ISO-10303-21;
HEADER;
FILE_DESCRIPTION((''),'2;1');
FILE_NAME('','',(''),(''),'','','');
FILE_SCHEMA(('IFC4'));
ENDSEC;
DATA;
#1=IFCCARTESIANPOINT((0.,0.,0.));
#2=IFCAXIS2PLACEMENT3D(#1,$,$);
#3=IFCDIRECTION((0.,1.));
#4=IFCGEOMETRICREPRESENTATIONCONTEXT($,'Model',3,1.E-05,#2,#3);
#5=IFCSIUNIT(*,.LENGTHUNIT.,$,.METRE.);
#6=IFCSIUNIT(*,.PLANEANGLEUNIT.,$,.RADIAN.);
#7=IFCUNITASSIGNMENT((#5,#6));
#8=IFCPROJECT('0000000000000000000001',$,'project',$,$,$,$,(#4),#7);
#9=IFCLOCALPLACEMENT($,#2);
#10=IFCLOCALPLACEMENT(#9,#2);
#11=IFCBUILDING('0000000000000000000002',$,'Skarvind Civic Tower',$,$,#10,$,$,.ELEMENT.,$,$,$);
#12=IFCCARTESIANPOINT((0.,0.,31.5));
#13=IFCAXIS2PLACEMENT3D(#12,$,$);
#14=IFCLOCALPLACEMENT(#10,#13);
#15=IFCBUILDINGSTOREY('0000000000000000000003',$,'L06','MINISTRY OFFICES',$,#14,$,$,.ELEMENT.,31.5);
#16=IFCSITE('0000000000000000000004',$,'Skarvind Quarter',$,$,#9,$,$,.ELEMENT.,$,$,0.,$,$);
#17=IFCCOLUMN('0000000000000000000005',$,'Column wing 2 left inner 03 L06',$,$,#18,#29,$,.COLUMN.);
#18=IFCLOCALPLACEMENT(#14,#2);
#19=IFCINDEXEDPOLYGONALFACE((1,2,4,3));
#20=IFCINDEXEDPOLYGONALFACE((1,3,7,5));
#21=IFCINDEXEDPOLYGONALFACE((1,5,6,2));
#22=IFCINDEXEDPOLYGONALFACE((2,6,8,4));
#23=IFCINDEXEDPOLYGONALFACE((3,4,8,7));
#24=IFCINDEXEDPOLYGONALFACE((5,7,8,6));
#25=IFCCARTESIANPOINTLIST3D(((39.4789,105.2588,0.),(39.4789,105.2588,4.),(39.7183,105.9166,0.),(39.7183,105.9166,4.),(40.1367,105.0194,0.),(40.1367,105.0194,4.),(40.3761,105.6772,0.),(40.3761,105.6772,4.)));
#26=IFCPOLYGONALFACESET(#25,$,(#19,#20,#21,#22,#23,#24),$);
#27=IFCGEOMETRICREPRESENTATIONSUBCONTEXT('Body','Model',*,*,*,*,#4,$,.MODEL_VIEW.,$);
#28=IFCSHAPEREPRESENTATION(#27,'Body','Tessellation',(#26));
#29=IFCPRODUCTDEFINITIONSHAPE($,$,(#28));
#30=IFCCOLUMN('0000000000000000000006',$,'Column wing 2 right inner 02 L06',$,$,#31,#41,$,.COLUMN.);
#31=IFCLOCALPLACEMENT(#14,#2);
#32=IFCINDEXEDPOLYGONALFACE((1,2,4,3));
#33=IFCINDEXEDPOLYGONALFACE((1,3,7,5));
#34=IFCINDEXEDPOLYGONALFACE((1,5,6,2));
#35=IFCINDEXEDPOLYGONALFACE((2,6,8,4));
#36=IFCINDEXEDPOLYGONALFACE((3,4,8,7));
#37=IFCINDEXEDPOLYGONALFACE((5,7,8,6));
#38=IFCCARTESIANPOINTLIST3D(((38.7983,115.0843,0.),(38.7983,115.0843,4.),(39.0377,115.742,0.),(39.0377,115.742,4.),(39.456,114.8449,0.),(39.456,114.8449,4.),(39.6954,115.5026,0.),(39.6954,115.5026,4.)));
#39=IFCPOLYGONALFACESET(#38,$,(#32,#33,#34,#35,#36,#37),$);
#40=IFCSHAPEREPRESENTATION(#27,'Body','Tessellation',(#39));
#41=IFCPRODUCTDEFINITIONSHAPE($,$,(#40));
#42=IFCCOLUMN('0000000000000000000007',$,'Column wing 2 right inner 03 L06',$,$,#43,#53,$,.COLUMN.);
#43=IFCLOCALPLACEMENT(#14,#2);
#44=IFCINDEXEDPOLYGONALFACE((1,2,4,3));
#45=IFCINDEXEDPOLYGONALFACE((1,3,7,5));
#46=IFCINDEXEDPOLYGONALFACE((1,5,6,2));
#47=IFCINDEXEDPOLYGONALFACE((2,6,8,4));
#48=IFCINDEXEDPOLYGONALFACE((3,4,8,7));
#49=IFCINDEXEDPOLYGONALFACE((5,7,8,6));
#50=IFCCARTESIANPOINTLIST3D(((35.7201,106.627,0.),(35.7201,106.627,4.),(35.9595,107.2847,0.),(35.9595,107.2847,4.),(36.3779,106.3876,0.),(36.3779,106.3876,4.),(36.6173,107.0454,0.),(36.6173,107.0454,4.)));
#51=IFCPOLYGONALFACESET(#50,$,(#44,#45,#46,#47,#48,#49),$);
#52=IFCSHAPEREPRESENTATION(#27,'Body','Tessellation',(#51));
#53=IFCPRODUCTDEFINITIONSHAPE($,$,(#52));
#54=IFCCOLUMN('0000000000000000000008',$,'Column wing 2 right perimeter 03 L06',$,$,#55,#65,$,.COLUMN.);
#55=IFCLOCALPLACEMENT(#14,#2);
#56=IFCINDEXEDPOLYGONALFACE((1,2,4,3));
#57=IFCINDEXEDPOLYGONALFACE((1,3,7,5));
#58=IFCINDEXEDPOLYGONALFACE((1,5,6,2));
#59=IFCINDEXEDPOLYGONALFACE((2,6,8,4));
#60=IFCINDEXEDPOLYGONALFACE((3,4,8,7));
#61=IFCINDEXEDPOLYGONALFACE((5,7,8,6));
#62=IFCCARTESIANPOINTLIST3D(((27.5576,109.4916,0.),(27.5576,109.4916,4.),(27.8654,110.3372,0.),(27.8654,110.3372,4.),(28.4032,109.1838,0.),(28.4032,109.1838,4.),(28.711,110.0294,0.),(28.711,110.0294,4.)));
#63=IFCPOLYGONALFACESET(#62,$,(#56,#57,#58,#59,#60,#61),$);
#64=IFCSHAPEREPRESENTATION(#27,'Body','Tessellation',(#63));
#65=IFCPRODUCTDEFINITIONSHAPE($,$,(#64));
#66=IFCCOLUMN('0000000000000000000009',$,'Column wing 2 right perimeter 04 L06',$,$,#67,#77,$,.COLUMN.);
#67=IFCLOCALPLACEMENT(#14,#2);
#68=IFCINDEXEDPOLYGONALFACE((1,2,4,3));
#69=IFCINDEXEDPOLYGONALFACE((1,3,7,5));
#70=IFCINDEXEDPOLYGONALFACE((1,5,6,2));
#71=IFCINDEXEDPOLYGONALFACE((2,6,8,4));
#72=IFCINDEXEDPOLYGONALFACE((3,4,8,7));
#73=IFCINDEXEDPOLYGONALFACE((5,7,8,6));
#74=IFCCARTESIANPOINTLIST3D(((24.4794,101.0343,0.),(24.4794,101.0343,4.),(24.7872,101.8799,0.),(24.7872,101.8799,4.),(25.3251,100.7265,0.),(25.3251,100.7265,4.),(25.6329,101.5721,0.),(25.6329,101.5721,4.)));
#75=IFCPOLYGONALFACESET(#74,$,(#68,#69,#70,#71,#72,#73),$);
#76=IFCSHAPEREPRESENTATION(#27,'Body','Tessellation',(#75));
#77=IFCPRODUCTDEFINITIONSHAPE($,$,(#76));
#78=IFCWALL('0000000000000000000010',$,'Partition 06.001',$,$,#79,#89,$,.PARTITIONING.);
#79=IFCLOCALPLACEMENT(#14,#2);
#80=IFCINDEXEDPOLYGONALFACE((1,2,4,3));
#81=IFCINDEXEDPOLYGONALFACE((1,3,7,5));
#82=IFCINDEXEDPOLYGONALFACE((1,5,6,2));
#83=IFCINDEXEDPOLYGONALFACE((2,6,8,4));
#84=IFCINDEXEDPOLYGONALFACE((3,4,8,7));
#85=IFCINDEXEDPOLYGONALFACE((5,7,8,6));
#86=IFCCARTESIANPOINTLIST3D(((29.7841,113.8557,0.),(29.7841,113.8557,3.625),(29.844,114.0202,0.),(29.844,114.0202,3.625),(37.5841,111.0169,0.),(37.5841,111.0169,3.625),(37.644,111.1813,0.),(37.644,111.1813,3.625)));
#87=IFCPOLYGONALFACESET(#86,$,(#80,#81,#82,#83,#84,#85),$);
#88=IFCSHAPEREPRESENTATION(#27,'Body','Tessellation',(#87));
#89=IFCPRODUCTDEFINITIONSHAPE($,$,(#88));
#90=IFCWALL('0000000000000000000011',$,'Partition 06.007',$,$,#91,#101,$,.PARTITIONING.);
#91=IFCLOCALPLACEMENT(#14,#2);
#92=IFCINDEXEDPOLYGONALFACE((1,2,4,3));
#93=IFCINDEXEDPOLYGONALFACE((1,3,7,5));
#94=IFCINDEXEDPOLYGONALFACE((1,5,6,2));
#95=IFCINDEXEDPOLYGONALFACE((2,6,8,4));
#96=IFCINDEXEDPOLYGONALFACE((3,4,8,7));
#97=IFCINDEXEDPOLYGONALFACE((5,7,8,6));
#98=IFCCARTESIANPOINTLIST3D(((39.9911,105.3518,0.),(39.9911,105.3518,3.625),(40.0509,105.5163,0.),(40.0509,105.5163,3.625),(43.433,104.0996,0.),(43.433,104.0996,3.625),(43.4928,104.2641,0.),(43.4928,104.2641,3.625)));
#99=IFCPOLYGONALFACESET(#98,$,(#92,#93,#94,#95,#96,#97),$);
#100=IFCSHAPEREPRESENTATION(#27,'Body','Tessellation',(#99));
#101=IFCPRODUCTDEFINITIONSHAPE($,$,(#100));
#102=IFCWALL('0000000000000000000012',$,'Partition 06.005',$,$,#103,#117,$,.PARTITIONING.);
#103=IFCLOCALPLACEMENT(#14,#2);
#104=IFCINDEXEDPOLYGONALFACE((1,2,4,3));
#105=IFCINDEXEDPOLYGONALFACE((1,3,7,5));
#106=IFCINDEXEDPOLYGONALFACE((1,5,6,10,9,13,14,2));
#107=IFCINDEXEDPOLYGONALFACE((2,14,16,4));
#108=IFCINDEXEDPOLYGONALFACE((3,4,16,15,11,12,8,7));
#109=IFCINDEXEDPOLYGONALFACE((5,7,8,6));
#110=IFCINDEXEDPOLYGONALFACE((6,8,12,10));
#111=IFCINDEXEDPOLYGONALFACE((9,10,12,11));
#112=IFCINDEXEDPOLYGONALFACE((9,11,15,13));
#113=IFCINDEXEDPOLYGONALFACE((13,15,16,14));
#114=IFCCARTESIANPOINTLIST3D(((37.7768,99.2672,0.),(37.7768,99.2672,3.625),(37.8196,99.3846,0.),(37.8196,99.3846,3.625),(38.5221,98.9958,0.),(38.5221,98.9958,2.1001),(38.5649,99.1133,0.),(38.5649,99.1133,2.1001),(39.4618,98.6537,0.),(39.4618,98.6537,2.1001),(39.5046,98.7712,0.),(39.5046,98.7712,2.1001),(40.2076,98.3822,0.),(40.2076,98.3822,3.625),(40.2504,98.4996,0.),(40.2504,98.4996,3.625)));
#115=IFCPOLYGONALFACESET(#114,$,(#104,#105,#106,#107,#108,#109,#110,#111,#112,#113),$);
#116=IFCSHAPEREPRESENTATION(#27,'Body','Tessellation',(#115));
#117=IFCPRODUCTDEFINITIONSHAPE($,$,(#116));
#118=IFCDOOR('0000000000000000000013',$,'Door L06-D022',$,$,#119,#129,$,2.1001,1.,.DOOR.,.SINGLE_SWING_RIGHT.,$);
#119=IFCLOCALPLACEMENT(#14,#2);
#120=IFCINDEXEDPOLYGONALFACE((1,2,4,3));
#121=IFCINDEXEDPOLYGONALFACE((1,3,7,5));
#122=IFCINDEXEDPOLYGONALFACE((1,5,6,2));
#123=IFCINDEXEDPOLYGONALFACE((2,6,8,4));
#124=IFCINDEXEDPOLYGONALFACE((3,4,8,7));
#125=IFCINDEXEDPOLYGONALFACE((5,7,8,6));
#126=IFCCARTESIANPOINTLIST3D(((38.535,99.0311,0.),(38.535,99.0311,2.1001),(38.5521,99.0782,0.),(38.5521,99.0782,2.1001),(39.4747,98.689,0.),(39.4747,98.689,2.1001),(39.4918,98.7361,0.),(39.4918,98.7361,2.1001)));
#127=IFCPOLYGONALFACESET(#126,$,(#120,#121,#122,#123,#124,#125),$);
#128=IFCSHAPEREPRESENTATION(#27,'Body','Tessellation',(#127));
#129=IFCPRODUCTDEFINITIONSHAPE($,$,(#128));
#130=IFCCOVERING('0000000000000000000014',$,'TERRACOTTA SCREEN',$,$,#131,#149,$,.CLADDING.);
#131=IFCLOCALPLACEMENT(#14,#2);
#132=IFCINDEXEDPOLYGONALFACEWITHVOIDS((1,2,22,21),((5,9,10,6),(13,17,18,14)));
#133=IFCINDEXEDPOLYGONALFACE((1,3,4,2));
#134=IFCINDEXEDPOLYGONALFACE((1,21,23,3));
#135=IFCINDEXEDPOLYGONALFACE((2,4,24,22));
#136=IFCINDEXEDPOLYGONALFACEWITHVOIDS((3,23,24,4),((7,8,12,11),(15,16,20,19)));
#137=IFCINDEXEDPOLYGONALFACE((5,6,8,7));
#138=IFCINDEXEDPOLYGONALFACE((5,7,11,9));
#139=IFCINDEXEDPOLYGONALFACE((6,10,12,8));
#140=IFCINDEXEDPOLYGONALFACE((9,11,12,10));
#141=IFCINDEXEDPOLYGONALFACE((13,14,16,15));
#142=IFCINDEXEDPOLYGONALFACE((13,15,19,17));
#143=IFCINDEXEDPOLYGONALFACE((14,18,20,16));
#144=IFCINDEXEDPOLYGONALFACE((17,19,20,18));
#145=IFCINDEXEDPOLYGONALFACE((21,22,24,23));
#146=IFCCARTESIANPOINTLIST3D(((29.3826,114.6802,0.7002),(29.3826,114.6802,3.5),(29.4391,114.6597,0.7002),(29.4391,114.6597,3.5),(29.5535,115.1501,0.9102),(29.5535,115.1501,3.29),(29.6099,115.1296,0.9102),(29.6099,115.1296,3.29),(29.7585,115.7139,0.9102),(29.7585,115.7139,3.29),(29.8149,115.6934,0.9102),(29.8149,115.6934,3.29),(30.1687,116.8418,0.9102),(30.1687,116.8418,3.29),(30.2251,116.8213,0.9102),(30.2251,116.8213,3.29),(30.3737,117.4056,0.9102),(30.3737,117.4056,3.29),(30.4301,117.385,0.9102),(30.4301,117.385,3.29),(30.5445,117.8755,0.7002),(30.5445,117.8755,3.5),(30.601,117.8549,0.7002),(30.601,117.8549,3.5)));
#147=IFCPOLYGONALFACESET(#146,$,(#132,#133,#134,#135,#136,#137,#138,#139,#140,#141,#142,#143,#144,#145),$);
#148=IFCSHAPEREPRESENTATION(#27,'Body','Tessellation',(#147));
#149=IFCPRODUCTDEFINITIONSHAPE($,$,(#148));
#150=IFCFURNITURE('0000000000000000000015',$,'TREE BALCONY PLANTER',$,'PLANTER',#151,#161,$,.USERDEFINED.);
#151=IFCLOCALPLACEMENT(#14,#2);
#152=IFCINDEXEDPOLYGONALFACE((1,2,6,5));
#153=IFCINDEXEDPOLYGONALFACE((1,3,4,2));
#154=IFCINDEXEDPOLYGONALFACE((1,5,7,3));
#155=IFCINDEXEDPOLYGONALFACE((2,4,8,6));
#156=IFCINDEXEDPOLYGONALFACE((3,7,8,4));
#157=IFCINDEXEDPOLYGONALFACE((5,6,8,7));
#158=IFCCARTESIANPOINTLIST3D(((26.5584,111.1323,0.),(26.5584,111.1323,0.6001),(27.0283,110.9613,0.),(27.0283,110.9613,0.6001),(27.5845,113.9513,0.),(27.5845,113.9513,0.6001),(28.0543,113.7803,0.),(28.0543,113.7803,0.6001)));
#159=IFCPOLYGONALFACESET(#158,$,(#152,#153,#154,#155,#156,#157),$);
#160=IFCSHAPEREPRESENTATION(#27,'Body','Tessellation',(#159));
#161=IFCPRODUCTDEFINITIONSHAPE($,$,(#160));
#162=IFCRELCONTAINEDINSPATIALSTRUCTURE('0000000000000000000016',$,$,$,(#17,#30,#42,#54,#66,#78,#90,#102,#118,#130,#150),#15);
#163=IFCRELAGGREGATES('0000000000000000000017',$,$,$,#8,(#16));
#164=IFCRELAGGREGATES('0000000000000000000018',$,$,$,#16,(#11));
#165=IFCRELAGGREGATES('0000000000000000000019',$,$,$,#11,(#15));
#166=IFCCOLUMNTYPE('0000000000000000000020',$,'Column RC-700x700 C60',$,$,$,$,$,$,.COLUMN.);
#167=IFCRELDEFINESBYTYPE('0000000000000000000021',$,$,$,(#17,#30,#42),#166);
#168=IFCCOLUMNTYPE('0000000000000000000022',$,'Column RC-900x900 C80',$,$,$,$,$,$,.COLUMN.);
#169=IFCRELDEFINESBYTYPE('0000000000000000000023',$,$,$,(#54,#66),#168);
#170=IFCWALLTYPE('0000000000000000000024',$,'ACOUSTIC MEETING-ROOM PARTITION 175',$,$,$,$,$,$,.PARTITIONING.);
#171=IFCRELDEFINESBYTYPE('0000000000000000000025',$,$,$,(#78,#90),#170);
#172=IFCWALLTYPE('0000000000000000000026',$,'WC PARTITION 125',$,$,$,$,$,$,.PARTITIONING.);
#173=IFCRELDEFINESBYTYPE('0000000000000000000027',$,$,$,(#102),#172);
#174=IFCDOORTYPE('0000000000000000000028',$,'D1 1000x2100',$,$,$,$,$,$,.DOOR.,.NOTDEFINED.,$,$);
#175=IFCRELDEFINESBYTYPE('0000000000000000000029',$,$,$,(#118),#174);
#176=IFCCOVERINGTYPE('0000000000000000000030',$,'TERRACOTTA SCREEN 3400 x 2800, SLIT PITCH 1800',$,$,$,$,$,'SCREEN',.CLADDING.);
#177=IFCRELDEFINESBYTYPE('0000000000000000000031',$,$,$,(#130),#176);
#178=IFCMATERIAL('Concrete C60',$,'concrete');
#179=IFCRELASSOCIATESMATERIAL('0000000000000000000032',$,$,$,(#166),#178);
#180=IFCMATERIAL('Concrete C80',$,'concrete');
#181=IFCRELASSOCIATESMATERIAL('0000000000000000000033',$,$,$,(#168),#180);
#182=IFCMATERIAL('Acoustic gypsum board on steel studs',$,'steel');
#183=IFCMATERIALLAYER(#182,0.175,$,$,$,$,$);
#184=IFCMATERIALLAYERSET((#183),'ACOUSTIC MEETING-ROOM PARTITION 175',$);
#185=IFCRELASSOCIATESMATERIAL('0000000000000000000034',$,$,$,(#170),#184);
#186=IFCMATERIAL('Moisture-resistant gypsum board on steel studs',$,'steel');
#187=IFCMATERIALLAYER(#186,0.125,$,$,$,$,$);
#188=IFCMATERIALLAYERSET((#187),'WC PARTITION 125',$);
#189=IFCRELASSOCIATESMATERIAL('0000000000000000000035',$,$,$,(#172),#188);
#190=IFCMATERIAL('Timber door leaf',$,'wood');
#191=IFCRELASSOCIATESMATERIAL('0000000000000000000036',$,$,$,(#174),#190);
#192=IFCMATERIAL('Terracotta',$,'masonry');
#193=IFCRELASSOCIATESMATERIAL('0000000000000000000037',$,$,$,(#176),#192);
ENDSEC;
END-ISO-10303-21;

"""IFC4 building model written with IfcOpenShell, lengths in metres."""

from ifc_helpers import new_model, si_unit, direction, frame, frame_2d, origin, origin_2d, place, context, subcontext, project, spatial, polyline, rectangle, outline, extrude, material, layer, layer_set, material_profile, profile_set, type_object, element, fill, save


model = new_model("IFC4")

# Units and contexts
model_context = context("Model", 3, precision=1e-05, world=origin(), true_north=direction((0.0, 1.0)))
body_context = subcontext(model_context, "Body", "Model", "MODEL_VIEW")
ifc_project = project(units=[si_unit("LENGTHUNIT", "METRE"), si_unit("PLANEANGLEUNIT", "RADIAN")], contexts=[model_context])

# Site, building, storey
site_placement = place(None, origin())
site = spatial("IfcSite", under=ifc_project, at=site_placement, Name="Skarvind Quarter", CompositionType="ELEMENT", RefElevation=0.0)
building_placement = place(site_placement, origin())
building = spatial("IfcBuilding", under=site, at=building_placement, Name="Skarvind Civic Tower", CompositionType="ELEMENT")
storey_placement = place(building_placement, frame((0.0, 0.0, 31.5)))
storey = spatial("IfcBuildingStorey", under=building, at=storey_placement, Name="L06", Description="MINISTRY OFFICES", CompositionType="ELEMENT", Elevation=31.5)

# Columns
ifc_material_1 = material(Name="Concrete C60", Category="concrete")
ifc_material_profile_1 = material_profile(ifc_material_1, rectangle(XDim=0.7, YDim=0.7, at=origin_2d()), Name="RC-700x700")
ifc_profile_set_1 = profile_set([ifc_material_profile_1], Name="Concrete C60")
column_type_1 = type_object("IfcColumnType", Name="Column RC-700x700 C60", PredefinedType="COLUMN", material=ifc_profile_set_1)
for number, where, z_axis, x_axis, name in (
    (1, (39.9275, 105.468, 0.0), (0.0, 0.0, 1.0), (-0.34202, -0.939693, 0.0), "Column wing 2 left inner 03 L06"),
    (2, (39.2468, 115.2935, 0.0), (0.0, 0.0, 1.0), (-0.34202, -0.939693, 0.0), "Column wing 2 right inner 02 L06"),
    (3, (36.1687, 106.8362, 0.0), (0.0, 0.0, 1.0), (-0.34202, -0.939693, 0.0), "Column wing 2 right inner 03 L06"),
):
    element("IfcColumn", number, at=place(storey_placement, frame(where, z_axis=z_axis, x_axis=x_axis)), inside=storey, type_object=column_type_1, Name=name, PredefinedType="COLUMN", context=body_context, shape_type="SweptSolid", body=[
        extrude(rectangle(XDim=0.7, YDim=0.7, at=origin_2d()), origin(), (0.0, 0.0, 1.0), 4.0),
    ])
ifc_material_2 = material(Name="Concrete C80", Category="concrete")
ifc_material_profile_2 = material_profile(ifc_material_2, rectangle(XDim=0.8999, YDim=0.8999, at=origin_2d()), Name="RC-900x900")
ifc_profile_set_2 = profile_set([ifc_material_profile_2], Name="Concrete C80")
column_type_2 = type_object("IfcColumnType", Name="Column RC-900x900 C80", PredefinedType="COLUMN", material=ifc_profile_set_2)
for number, where, z_axis, x_axis, name in (
    (4, (28.1343, 109.7605, 0.0), (0.0, 0.0, 1.0), (-0.34202, -0.939693, 0.0), "Column wing 2 right perimeter 03 L06"),
    (5, (25.0562, 101.3032, 0.0), (0.0, 0.0, 1.0), (-0.34202, -0.939693, 0.0), "Column wing 2 right perimeter 04 L06"),
):
    element("IfcColumn", number, at=place(storey_placement, frame(where, z_axis=z_axis, x_axis=x_axis)), inside=storey, type_object=column_type_2, Name=name, PredefinedType="COLUMN", context=body_context, shape_type="SweptSolid", body=[
        extrude(rectangle(XDim=0.8999, YDim=0.8999, at=origin_2d()), origin(), (0.0, 0.0, 1.0), 4.0),
    ])

# Walls
ifc_material_3 = material(Name="Acoustic gypsum board on steel studs", Category="steel")
ifc_layer_1 = layer(ifc_material_3, 0.175)
ifc_layer_set_1 = layer_set([ifc_layer_1], Name="ACOUSTIC MEETING-ROOM PARTITION 175")
wall_type_1 = type_object("IfcWallType", Name="ACOUSTIC MEETING-ROOM PARTITION 175", PredefinedType="PARTITIONING", material=ifc_layer_set_1)
wall_1_placement = place(storey_placement, frame((29.814, 113.938, 0.0), z_axis=(0.0, 0.0, 1.0), x_axis=(0.939697, -0.342008, 0.0)))
element("IfcWall", 6, at=wall_1_placement, inside=storey, type_object=wall_type_1, Name="Partition 06.001", PredefinedType="PARTITIONING", context=body_context, shape_type="SweptSolid", body=[
    extrude(rectangle(XDim=8.3005, YDim=0.175, at=frame_2d((4.1504, 0.0))), origin(), (0.0, 0.0, 1.0), 3.625),
])
wall_2_placement = place(storey_placement, frame((40.021, 105.4341, 0.0), z_axis=(0.0, 0.0, 1.0), x_axis=(0.939741, -0.341888, 0.0)))
element("IfcWall", 7, at=wall_2_placement, inside=storey, type_object=wall_type_1, Name="Partition 06.007", PredefinedType="PARTITIONING", context=body_context, shape_type="SweptSolid", body=[
    extrude(rectangle(XDim=3.6626, YDim=0.175, at=frame_2d((1.8313, 0.0))), origin(), (0.0, 0.0, 1.0), 3.625),
])

# Wall, opening, door
ifc_material_4 = material(Name="Moisture-resistant gypsum board on steel studs", Category="steel")
ifc_layer_2 = layer(ifc_material_4, 0.125)
ifc_layer_set_2 = layer_set([ifc_layer_2], Name="WC PARTITION 125")
wall_type_2 = type_object("IfcWallType", Name="WC PARTITION 125", PredefinedType="PARTITIONING", material=ifc_layer_set_2)
wall_3_placement = place(storey_placement, frame((40.229, 98.4409, 0.0), z_axis=(0.0, 0.0, 1.0), x_axis=(-0.939664, 0.342099, 0.0)))
wall_3 = element("IfcWall", 8, at=wall_3_placement, inside=storey, type_object=wall_type_2, Name="Partition 06.005", PredefinedType="PARTITIONING", context=body_context, shape_type="SweptSolid", body=[
    extrude(rectangle(XDim=2.5869, YDim=0.125, at=frame_2d((1.2935, 0.0))), origin(), (0.0, 0.0, 1.0), 3.625),
])
opening_1_placement = place(wall_3_placement, frame((0.7937, 0.0, 0.0)))
opening_1 = element("IfcOpeningElement", 9, at=opening_1_placement, cuts=wall_3, PredefinedType="OPENING", context=body_context, shape_type="SweptSolid", body=[
    extrude(rectangle(XDim=1.0, YDim=2.1001, at=frame_2d((0.5, 1.05))), frame((0.0, 0.0725, 0.0), z_axis=(0.0, -1.0, 0.0), x_axis=(1.0, 0.0, 0.0)), (0.0, 0.0, 1.0), 0.145),
])
ifc_material_5 = material(Name="Timber door leaf", Category="wood")
door_type_1 = type_object("IfcDoorType", Name="D1 1000x2100", OperationType="NOTDEFINED", PredefinedType="DOOR", material=ifc_material_5)
door_1_placement = place(opening_1_placement, origin())
door_1 = element("IfcDoor", 10, at=door_1_placement, inside=storey, type_object=door_type_1, Name="Door L06-D022", OperationType="SINGLE_SWING_RIGHT", OverallHeight=2.1001, OverallWidth=1.0, PredefinedType="DOOR", context=body_context, shape_type="SweptSolid", body=[
    extrude(rectangle(XDim=1.0, YDim=2.1001, at=frame_2d((0.5, 1.05))), frame((0.0, 0.0249, 0.0), z_axis=(0.0, -1.0, 0.0), x_axis=(1.0, 0.0, 0.0)), (0.0, 0.0, 1.0), 0.05),
])
fill(opening_1, door_1)

# Covering
ifc_material_6 = material(Name="Terracotta", Category="masonry")
ifc_material_profile_3 = material_profile(ifc_material_6, outline(polyline([(-1.7, -1.3999), (1.7, -1.3999), (1.7, 1.3999), (-1.7, 1.3999), (-1.7, -1.3999)]), holes=[polyline([(-1.2, -1.1899), (-0.6001, -1.1899), (-0.6001, 1.1899), (-1.2, 1.1899), (-1.2, -1.1899)]), polyline([(0.6001, -1.1899), (1.2, -1.1899), (1.2, 1.1899), (0.6001, 1.1899), (0.6001, -1.1899)])]), Name="TERRACOTTA SCREEN 3400 x 2800, SLIT PITCH 1800")
ifc_profile_set_3 = profile_set([ifc_material_profile_3], Name="Terracotta")
covering_type = type_object("IfcCoveringType", Name="TERRACOTTA SCREEN 3400 x 2800, SLIT PITCH 1800", ElementType="SCREEN", PredefinedType="CLADDING", material=ifc_profile_set_3)
covering_placement = place(storey_placement, frame((30.02, 116.2573, 2.1001), z_axis=(-0.939793, 0.341743, 0.0), x_axis=(-0.341743, -0.939793, 0.0)))
element("IfcCovering", 11, at=covering_placement, inside=storey, type_object=covering_type, Name="TERRACOTTA SCREEN", PredefinedType="CLADDING", context=body_context, shape_type="SweptSolid", body=[
    extrude(outline(polyline([(-1.7, -1.3999), (1.7, -1.3999), (1.7, 1.3999), (-1.7, 1.3999), (-1.7, -1.3999)]), holes=[polyline([(-1.2, -1.1899), (-0.6001, -1.1899), (-0.6001, 1.1899), (-1.2, 1.1899), (-1.2, -1.1899)]), polyline([(0.6001, -1.1899), (1.2, -1.1899), (1.2, 1.1899), (0.6001, 1.1899), (0.6001, -1.1899)])]), origin(), (0.0, 0.0, 1.0), 0.0601),
])

# Furniture
furniture_placement = place(storey_placement, frame((27.3064, 112.4563, 0.0), z_axis=(0.0, 0.0, 1.0), x_axis=(0.34202, 0.939693, 0.0)))
element("IfcFurniture", 12, at=furniture_placement, inside=storey, Name="TREE BALCONY PLANTER", ObjectType="PLANTER", PredefinedType="USERDEFINED", context=body_context, shape_type="SweptSolid", body=[
    extrude(rectangle(XDim=3.0, YDim=0.5, at=origin_2d()), origin(), (0.0, 0.0, 1.0), 0.6001),
])

save(model, "model.ifc")
